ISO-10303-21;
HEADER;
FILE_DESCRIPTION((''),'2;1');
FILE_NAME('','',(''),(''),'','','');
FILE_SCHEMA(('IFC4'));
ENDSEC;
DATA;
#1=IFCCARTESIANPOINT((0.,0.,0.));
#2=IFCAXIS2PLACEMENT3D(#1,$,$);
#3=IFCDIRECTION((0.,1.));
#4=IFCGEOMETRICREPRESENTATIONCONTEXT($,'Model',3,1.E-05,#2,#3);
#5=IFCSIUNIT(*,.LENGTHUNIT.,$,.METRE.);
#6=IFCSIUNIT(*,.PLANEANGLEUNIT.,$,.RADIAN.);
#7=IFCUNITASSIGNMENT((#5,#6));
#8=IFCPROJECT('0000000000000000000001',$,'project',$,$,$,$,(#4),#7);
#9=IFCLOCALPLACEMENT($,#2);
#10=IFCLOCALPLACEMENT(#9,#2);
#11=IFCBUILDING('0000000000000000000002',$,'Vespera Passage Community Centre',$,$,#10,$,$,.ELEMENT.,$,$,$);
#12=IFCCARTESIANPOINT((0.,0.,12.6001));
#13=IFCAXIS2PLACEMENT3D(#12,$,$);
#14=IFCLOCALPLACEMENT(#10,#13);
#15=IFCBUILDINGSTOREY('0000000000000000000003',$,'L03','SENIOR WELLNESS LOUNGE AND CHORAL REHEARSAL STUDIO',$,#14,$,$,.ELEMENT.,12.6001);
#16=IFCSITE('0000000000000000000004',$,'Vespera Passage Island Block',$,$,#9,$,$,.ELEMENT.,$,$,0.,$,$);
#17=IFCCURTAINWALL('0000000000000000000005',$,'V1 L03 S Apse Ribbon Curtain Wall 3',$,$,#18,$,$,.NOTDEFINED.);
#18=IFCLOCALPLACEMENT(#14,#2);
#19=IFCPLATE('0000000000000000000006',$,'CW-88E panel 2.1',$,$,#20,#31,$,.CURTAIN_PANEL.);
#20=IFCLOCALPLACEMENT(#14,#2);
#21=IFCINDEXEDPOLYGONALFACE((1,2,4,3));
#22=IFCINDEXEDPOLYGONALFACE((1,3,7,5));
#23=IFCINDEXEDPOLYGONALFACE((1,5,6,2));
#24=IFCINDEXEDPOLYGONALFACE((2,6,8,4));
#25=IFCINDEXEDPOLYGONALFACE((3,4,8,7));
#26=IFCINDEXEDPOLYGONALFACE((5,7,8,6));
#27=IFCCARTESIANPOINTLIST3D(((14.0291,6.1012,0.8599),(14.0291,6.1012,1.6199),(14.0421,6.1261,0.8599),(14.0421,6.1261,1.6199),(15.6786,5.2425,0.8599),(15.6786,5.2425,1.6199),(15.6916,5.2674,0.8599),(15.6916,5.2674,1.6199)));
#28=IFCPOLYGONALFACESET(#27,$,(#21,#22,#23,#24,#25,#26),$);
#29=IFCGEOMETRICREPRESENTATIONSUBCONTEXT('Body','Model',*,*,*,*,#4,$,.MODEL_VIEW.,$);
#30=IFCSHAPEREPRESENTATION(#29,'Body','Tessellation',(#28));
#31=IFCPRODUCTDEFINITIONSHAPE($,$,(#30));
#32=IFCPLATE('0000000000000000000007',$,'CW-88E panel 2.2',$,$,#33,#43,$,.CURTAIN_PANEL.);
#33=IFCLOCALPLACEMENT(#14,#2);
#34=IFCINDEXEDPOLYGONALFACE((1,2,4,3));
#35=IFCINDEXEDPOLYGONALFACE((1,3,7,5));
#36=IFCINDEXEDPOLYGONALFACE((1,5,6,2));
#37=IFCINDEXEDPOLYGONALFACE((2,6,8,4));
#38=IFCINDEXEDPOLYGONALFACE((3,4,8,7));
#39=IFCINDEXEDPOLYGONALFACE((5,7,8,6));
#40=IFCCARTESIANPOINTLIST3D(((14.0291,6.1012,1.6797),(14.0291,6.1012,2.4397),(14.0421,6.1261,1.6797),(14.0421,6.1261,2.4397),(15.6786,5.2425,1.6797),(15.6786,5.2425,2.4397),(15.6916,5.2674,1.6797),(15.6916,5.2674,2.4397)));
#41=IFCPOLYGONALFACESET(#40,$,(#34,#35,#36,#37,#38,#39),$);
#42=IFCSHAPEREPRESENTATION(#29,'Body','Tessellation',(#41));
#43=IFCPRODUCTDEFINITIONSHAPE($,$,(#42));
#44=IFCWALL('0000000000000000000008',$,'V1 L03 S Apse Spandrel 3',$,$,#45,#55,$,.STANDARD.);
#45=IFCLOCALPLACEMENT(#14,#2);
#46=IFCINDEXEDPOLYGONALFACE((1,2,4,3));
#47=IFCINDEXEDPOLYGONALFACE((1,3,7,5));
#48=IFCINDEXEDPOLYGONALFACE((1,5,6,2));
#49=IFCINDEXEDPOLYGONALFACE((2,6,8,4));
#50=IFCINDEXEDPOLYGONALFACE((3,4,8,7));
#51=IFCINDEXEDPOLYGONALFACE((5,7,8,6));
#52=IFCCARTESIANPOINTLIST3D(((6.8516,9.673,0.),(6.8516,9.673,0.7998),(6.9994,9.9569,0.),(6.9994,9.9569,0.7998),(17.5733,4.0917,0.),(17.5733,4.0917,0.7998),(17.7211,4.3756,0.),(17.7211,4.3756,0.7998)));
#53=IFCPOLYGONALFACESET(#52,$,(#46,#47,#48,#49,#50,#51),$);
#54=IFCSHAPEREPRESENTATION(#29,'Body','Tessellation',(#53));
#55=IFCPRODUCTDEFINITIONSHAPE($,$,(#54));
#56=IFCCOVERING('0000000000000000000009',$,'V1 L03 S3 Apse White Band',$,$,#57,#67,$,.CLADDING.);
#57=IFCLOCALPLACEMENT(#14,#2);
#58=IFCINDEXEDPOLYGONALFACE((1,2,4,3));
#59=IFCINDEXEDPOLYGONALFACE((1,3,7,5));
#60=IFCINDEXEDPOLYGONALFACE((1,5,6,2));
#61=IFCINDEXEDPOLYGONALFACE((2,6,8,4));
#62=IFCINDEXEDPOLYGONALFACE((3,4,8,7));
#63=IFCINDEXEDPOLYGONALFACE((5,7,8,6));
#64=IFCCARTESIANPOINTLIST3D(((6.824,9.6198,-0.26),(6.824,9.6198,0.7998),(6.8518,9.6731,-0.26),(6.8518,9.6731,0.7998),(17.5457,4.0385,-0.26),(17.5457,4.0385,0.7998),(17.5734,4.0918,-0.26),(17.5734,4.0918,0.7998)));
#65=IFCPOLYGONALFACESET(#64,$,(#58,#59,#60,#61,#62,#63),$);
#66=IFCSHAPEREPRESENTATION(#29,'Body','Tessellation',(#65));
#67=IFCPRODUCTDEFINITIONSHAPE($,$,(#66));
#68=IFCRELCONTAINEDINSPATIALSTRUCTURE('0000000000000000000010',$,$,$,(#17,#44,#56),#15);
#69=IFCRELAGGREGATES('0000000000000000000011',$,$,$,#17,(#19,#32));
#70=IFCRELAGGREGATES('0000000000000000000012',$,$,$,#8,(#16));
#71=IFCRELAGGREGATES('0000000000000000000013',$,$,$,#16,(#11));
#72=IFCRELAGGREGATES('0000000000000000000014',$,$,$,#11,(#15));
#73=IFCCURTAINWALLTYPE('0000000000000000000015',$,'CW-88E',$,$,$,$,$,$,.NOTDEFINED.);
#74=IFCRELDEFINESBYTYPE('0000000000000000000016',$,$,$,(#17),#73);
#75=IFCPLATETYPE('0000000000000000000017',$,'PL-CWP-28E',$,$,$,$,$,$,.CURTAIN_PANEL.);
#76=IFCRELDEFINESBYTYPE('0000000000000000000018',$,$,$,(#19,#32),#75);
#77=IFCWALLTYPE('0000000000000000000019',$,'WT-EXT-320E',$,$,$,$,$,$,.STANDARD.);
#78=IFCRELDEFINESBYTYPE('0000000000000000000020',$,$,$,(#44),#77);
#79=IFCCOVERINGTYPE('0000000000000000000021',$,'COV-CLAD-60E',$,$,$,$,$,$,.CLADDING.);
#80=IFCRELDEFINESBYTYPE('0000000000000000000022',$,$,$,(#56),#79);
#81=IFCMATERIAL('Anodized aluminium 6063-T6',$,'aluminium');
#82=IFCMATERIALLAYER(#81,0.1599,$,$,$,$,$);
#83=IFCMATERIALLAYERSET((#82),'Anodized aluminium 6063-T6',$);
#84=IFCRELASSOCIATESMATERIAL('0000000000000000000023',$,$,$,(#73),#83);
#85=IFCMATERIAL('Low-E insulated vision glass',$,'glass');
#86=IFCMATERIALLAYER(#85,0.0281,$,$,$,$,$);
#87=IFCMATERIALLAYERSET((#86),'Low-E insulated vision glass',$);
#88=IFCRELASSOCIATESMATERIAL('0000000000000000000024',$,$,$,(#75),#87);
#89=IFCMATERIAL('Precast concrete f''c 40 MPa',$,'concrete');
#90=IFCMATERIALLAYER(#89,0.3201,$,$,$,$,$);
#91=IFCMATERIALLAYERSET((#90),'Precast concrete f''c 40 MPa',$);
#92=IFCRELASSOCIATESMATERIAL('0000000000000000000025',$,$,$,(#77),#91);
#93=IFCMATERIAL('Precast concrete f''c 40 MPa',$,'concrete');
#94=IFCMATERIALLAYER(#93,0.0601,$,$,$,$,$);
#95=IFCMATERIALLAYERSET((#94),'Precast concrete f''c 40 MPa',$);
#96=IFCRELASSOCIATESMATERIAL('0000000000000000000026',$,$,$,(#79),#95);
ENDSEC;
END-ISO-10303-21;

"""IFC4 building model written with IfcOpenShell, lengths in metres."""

from ifc_helpers import new_model, si_unit, direction, frame, frame_2d, origin, origin_2d, place, context, subcontext, project, spatial, rectangle, extrude, material, layer, layer_set, type_object, element, aggregate, save


model = new_model("IFC4")

# Units and contexts
model_context = context("Model", 3, precision=1e-05, world=origin(), true_north=direction((0.0, 1.0)))
body_context = subcontext(model_context, "Body", "Model", "MODEL_VIEW")
ifc_project = project(units=[si_unit("LENGTHUNIT", "METRE"), si_unit("PLANEANGLEUNIT", "RADIAN")], contexts=[model_context])

# Site, building, storey
site_placement = place(None, origin())
site = spatial("IfcSite", under=ifc_project, at=site_placement, Name="Vespera Passage Island Block", CompositionType="ELEMENT", RefElevation=0.0)
building_placement = place(site_placement, origin())
building = spatial("IfcBuilding", under=site, at=building_placement, Name="Vespera Passage Community Centre", CompositionType="ELEMENT")
storey_placement = place(building_placement, frame((0.0, 0.0, 12.6001)))
storey = spatial("IfcBuildingStorey", under=building, at=storey_placement, Name="L03", Description="SENIOR WELLNESS LOUNGE AND CHORAL REHEARSAL STUDIO", CompositionType="ELEMENT", Elevation=12.6001)

# Curtain wall
ifc_material_1 = material(Name="Anodized aluminium 6063-T6", Category="aluminium")
ifc_layer_1 = layer(ifc_material_1, 0.1599)
ifc_layer_set_1 = layer_set([ifc_layer_1], Name="Anodized aluminium 6063-T6")
curtain_wall_type = type_object("IfcCurtainWallType", Name="CW-88E", PredefinedType="NOTDEFINED", material=ifc_layer_set_1)
curtain_wall_1_placement = place(storey_placement, origin())
curtain_wall_1 = element("IfcCurtainWall", 1, at=curtain_wall_1_placement, inside=storey, type_object=curtain_wall_type, Name="V1 L03 S Apse Ribbon Curtain Wall 3", PredefinedType="NOTDEFINED")

# Plates
ifc_material_2 = material(Name="Low-E insulated vision glass", Category="glass")
ifc_layer_2 = layer(ifc_material_2, 0.0281)
ifc_layer_set_2 = layer_set([ifc_layer_2], Name="Low-E insulated vision glass")
plate_type = type_object("IfcPlateType", Name="PL-CWP-28E", PredefinedType="CURTAIN_PANEL", material=ifc_layer_set_2)
plate_1_placement = place(storey_placement, frame((14.8604, 5.6843, 0.8599), z_axis=(0.0, 0.0, 1.0), x_axis=(-0.887013, 0.461745, 0.0)))
plate_1 = element("IfcPlate", 2, at=plate_1_placement, type_object=plate_type, Name="CW-88E panel 2.1", PredefinedType="CURTAIN_PANEL", context=body_context, shape_type="SweptSolid", body=[
    extrude(rectangle(XDim=1.8596, YDim=0.0281, at=origin_2d()), origin(), (0.0, 0.0, 1.0), 0.76),
])
plate_2_placement = place(storey_placement, frame((14.8604, 5.6843, 1.6797), z_axis=(0.0, 0.0, 1.0), x_axis=(-0.887013, 0.461745, 0.0)))
plate_2 = element("IfcPlate", 3, at=plate_2_placement, type_object=plate_type, Name="CW-88E panel 2.2", PredefinedType="CURTAIN_PANEL", context=body_context, shape_type="SweptSolid", body=[
    extrude(rectangle(XDim=1.8596, YDim=0.0281, at=origin_2d()), origin(), (0.0, 0.0, 1.0), 0.76),
])
aggregate(curtain_wall_1, [plate_1, plate_2])

# Wall
ifc_material_3 = material(Name="Precast concrete f'c 40 MPa", Category="concrete")
ifc_layer_3 = layer(ifc_material_3, 0.3201)
ifc_layer_set_3 = layer_set([ifc_layer_3], Name="Precast concrete f'c 40 MPa")
wall_type = type_object("IfcWallType", Name="WT-EXT-320E", PredefinedType="STANDARD", material=ifc_layer_set_3)
wall_placement = place(storey_placement, frame((17.6472, 4.2336, 0.0), z_axis=(0.0, 0.0, 1.0), x_axis=(-0.887013, 0.461745, 0.0)))
element("IfcWall", 4, at=wall_placement, inside=storey, type_object=wall_type, Name="V1 L03 S Apse Spandrel 3", PredefinedType="STANDARD", context=body_context, shape_type="SweptSolid", body=[
    extrude(rectangle(XDim=12.0874, YDim=0.3201, at=frame_2d((6.0437, 0.0))), origin(), (0.0, 0.0, 1.0), 0.7998),
])

# Covering
ifc_material_4 = material(Name="Precast concrete f'c 40 MPa", Category="concrete")
ifc_layer_4 = layer(ifc_material_4, 0.0601)
ifc_layer_set_4 = layer_set([ifc_layer_4], Name="Precast concrete f'c 40 MPa")
covering_type = type_object("IfcCoveringType", Name="COV-CLAD-60E", PredefinedType="CLADDING", material=ifc_layer_set_4)
covering_placement = place(storey_placement, frame((17.5596, 4.0652, -0.26), z_axis=(0.0, 0.0, 1.0), x_axis=(-0.887013, 0.461745, 0.0)))
element("IfcCovering", 5, at=covering_placement, inside=storey, type_object=covering_type, Name="V1 L03 S3 Apse White Band", PredefinedType="CLADDING", context=body_context, shape_type="SweptSolid", body=[
    extrude(rectangle(XDim=12.0874, YDim=0.0601, at=frame_2d((6.0437, 0.0))), origin(), (0.0, 0.0, 1.0), 1.0598),
])

save(model, "model.ifc")
